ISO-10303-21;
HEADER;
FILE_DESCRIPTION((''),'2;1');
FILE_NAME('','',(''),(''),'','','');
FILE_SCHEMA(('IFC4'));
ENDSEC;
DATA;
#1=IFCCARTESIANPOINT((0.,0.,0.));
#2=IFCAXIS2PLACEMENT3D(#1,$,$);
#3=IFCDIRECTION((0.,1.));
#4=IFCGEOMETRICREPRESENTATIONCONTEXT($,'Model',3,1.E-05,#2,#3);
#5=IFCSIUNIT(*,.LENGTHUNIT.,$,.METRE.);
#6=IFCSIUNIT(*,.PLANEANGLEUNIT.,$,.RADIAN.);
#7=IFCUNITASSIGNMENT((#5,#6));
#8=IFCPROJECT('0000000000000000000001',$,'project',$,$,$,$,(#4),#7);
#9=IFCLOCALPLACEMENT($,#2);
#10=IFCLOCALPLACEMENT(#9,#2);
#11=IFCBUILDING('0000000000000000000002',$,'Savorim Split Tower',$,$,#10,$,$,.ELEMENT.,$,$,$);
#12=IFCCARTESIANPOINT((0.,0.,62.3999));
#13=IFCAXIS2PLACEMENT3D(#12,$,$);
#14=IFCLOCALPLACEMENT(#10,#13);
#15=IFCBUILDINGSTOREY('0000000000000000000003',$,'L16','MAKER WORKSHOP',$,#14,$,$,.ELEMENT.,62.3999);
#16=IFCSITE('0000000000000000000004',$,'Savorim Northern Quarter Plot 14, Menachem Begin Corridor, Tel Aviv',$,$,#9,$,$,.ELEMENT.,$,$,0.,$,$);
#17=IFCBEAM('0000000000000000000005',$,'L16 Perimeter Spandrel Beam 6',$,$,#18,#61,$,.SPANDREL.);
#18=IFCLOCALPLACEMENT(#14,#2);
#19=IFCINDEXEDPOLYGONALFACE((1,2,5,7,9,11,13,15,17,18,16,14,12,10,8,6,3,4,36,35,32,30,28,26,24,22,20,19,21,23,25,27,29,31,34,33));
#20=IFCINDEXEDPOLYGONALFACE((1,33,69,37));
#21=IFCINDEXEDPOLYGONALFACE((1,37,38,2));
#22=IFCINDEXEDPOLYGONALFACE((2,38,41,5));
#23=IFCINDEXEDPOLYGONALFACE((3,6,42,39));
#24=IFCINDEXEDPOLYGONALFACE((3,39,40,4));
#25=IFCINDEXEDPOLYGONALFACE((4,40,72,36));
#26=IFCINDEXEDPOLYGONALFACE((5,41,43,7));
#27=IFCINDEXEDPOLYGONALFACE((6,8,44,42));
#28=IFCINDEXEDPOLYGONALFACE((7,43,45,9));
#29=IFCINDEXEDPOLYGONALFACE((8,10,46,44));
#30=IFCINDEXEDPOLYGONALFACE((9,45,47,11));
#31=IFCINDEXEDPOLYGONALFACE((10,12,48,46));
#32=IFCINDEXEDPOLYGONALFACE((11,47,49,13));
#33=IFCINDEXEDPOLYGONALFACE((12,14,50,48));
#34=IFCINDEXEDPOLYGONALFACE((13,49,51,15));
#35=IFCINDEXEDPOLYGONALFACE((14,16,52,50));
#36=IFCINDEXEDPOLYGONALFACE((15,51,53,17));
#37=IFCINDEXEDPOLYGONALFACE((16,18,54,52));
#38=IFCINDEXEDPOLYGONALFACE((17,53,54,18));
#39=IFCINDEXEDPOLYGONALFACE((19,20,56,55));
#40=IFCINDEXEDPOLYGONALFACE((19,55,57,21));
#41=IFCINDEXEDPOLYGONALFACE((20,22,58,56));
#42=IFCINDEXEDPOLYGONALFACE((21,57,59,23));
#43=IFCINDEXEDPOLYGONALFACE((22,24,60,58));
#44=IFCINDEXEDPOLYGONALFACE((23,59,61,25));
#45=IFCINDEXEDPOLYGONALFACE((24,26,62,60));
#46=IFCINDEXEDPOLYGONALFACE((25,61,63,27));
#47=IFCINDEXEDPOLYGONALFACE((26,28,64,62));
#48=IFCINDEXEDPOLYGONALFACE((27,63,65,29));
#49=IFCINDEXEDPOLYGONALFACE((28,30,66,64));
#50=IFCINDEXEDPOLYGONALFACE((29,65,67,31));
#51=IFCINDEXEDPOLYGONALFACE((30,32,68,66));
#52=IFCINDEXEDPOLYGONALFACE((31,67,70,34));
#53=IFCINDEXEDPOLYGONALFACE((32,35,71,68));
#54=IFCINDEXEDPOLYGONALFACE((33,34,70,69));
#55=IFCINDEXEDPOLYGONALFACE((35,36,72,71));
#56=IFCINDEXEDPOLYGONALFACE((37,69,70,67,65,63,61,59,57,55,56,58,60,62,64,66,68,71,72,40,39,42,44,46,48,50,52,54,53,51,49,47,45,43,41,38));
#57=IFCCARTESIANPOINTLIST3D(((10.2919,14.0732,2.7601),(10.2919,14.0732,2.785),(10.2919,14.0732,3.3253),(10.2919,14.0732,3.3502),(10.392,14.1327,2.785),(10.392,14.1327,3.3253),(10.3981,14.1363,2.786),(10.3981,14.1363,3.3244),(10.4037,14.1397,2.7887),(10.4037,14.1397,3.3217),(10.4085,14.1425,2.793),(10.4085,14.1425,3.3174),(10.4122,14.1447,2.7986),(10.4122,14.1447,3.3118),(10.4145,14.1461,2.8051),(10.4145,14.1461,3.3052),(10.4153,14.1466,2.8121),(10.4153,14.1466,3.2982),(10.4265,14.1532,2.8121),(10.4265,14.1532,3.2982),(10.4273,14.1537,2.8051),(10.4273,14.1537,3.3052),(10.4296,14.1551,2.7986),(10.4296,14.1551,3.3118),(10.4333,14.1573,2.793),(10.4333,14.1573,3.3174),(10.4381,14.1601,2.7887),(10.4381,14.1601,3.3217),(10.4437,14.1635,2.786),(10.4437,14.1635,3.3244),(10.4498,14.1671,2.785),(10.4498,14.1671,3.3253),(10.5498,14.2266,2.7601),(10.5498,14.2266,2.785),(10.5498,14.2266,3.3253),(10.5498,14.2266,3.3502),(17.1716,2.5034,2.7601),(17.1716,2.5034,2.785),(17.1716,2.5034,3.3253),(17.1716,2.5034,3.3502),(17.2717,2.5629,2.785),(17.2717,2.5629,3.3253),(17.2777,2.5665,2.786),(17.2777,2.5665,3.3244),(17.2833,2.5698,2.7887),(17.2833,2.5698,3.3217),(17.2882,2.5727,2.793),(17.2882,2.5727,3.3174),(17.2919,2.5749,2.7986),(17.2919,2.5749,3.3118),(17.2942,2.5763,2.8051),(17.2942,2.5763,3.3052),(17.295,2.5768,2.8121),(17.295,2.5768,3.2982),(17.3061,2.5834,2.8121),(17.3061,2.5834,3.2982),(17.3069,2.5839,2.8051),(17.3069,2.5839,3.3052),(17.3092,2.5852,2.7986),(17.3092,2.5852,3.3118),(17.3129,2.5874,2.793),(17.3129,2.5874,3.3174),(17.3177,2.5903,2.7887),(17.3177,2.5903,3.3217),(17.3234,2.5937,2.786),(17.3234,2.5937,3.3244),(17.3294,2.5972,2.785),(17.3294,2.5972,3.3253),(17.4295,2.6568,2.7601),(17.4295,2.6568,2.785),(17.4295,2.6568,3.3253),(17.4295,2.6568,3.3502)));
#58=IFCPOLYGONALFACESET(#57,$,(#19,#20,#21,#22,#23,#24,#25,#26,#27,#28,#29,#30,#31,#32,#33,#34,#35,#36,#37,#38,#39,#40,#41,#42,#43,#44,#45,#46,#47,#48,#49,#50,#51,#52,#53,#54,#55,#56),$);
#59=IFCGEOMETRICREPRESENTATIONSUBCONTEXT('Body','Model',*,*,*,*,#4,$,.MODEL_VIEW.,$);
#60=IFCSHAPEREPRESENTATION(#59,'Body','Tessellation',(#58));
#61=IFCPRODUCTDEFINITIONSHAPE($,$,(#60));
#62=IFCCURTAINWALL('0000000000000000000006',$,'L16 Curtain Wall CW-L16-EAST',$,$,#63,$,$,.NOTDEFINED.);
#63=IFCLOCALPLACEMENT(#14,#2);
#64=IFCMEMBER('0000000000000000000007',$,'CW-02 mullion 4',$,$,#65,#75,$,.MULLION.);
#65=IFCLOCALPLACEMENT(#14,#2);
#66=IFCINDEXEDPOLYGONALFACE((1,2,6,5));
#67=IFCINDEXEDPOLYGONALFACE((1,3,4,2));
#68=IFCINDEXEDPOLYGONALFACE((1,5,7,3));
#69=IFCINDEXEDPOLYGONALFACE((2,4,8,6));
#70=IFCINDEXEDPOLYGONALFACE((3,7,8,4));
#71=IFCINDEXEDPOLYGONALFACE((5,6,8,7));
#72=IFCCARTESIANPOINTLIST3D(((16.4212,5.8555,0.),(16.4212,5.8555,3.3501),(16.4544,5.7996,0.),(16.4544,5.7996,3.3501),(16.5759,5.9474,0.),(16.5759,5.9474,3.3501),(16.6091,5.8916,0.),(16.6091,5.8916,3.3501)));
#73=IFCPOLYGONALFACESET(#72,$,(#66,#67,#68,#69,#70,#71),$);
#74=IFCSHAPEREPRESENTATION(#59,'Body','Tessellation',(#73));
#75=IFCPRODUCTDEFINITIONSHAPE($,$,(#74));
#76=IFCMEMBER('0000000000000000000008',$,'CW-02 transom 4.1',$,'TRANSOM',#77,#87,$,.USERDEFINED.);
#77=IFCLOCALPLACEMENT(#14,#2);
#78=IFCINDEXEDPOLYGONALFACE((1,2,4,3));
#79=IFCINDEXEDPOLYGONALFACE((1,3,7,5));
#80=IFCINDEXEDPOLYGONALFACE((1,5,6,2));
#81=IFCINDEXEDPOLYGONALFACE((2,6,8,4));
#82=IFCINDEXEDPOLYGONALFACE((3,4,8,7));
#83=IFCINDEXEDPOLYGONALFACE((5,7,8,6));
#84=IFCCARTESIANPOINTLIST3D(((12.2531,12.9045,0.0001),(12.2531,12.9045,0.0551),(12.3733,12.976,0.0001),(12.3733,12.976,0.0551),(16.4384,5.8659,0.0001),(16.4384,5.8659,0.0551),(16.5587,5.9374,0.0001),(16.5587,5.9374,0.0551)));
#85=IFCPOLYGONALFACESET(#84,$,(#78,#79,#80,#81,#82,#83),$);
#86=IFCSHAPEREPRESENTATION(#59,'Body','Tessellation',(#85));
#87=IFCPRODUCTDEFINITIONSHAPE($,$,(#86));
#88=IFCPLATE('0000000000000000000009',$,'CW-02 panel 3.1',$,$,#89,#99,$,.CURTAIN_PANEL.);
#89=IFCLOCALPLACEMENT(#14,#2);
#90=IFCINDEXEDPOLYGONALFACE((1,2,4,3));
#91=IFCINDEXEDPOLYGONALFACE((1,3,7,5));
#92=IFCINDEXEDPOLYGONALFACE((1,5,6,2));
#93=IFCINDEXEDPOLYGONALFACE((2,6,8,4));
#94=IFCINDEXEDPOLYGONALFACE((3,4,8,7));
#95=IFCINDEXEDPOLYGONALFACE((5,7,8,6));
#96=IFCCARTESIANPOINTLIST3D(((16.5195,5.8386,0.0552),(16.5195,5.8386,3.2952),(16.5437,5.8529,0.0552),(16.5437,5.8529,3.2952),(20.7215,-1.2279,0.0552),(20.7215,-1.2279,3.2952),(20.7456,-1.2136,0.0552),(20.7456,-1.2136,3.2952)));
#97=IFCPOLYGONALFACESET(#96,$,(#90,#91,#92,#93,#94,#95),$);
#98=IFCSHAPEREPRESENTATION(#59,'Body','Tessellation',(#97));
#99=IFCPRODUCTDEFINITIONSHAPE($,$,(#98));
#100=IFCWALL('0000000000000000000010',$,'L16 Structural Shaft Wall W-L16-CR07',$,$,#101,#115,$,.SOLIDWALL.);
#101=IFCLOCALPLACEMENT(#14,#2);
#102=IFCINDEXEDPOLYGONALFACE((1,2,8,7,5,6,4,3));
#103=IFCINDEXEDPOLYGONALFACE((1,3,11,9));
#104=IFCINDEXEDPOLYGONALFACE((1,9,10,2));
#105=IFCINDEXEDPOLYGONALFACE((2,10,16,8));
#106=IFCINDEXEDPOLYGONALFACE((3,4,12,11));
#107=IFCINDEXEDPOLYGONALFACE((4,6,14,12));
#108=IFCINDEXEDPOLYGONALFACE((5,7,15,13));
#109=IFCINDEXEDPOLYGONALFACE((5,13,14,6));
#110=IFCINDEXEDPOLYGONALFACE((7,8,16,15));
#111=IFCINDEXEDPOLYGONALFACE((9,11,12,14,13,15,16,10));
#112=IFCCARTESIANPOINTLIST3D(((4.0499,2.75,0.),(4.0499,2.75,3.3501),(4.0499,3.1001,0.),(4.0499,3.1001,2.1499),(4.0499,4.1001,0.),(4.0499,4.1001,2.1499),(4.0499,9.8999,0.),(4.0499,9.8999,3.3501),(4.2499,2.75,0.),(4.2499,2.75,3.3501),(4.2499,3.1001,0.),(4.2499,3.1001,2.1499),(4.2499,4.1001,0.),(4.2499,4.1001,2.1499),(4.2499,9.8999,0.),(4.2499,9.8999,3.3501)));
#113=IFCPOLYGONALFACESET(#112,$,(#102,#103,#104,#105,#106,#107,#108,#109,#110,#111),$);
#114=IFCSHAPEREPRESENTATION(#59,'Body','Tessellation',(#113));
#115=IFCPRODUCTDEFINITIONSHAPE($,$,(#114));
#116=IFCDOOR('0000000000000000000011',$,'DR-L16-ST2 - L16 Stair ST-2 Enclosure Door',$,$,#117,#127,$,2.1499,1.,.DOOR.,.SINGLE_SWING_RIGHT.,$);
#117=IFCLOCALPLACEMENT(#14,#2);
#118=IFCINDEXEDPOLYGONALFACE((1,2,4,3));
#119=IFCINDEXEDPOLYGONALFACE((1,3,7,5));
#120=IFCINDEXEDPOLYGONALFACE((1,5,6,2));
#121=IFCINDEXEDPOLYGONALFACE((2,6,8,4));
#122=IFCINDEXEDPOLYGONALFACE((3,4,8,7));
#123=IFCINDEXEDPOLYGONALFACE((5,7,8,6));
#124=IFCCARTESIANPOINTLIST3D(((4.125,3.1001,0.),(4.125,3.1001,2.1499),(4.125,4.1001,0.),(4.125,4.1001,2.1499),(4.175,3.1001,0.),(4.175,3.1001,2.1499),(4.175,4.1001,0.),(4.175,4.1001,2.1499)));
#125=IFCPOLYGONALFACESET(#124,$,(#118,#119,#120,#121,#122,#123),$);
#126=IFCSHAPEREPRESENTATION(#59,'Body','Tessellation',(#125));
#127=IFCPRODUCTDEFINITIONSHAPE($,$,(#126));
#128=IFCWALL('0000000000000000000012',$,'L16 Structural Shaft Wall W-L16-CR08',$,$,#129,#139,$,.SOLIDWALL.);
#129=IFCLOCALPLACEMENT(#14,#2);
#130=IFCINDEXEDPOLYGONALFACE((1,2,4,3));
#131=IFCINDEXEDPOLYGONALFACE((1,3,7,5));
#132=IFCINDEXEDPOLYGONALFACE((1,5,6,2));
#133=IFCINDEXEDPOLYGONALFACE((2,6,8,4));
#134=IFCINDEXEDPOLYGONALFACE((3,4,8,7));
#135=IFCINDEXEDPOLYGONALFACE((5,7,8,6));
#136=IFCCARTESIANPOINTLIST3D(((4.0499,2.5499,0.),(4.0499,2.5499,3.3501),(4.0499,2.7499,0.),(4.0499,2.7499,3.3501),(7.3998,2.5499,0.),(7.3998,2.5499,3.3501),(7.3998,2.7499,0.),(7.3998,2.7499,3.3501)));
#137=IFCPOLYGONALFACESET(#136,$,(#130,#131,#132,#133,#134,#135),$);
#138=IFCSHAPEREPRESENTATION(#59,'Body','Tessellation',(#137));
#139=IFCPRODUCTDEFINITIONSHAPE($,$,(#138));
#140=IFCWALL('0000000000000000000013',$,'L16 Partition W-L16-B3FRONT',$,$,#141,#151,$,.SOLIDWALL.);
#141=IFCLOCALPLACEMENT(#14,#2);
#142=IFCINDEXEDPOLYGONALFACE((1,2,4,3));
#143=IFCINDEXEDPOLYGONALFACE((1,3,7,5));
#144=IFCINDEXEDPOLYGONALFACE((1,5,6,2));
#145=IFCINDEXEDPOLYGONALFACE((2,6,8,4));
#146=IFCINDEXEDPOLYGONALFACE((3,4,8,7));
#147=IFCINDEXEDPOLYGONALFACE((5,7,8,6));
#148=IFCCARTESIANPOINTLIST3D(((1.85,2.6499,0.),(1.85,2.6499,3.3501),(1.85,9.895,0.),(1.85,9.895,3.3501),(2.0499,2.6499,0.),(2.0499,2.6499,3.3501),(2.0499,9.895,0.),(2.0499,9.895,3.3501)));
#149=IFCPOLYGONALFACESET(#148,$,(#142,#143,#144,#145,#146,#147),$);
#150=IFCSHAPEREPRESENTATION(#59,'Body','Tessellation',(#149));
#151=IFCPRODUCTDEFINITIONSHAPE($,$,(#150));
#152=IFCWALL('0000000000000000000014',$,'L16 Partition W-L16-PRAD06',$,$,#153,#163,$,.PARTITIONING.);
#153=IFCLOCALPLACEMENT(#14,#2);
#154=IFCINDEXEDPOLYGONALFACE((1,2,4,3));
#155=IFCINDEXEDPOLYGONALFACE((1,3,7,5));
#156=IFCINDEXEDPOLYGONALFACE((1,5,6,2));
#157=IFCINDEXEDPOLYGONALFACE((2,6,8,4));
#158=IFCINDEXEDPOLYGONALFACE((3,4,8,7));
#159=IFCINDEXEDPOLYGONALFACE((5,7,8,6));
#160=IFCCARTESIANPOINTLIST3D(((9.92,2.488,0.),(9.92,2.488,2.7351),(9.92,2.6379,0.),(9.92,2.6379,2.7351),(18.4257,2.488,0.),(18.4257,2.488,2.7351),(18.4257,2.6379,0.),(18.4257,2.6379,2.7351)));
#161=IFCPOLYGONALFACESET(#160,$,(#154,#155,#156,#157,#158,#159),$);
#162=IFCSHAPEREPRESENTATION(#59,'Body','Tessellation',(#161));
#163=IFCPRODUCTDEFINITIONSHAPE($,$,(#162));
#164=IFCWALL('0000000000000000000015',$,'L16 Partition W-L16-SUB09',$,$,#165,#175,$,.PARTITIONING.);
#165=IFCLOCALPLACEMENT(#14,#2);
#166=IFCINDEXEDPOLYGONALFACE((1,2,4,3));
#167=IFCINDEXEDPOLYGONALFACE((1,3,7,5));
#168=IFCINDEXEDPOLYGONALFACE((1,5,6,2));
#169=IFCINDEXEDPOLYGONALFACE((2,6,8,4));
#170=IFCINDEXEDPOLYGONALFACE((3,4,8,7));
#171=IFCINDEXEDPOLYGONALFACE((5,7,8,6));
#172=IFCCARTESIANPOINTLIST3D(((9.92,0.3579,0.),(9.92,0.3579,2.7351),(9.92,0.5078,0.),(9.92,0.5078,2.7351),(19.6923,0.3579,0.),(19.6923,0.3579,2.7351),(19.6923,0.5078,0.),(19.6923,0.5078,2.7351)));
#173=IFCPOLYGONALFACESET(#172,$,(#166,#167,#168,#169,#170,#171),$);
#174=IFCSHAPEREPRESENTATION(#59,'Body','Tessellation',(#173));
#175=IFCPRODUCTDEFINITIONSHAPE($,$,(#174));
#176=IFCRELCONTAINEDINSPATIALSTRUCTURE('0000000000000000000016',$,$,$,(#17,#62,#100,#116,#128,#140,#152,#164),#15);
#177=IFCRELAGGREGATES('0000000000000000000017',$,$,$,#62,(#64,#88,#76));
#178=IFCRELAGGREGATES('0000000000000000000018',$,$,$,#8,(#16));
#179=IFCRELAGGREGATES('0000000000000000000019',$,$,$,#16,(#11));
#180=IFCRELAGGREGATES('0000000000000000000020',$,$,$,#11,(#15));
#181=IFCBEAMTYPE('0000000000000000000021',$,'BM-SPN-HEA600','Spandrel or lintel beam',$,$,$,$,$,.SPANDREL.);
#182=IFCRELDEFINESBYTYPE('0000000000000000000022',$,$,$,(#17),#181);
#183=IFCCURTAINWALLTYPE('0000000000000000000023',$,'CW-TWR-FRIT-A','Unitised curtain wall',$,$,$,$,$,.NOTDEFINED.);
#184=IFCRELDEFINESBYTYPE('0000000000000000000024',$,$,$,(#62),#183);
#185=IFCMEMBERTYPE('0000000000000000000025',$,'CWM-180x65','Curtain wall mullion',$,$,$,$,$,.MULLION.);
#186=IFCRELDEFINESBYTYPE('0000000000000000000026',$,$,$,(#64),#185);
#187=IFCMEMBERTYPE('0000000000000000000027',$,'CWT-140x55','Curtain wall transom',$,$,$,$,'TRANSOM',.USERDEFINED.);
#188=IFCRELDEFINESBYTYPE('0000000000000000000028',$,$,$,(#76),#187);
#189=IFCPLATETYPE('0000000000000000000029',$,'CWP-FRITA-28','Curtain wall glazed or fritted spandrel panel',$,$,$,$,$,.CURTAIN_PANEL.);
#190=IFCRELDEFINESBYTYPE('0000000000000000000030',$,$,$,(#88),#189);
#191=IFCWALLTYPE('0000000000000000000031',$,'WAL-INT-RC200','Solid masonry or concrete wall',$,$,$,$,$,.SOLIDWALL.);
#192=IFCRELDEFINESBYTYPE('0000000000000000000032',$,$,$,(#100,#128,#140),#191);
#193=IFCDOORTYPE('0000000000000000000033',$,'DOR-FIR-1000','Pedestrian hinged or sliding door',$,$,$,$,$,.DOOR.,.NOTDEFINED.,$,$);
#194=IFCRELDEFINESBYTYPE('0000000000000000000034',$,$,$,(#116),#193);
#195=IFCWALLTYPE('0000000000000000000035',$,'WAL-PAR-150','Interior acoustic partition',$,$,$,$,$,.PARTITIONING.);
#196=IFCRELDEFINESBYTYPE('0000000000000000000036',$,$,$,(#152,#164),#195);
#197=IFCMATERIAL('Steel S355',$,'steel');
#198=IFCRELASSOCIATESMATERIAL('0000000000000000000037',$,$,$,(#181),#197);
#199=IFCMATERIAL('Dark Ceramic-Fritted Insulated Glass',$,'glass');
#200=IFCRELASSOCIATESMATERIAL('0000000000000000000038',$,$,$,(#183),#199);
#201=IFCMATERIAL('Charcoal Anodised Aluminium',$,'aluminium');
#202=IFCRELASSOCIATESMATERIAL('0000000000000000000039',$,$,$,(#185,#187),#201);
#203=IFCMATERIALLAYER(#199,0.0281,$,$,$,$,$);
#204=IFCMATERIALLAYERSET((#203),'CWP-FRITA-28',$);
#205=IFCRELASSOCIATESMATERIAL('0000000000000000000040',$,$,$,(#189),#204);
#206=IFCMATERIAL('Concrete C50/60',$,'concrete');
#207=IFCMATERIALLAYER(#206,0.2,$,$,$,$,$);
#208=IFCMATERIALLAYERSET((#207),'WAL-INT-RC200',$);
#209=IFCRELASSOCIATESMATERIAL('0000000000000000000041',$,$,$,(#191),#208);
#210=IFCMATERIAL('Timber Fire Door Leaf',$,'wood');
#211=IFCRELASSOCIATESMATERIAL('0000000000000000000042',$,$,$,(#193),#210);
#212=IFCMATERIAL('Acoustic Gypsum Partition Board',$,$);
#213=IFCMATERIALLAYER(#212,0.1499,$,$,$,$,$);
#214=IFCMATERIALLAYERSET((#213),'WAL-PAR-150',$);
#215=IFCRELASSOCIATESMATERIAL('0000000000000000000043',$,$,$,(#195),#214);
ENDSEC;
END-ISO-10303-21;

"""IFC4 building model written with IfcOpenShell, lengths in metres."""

from ifc_helpers import new_model, si_unit, direction, frame, frame_2d, origin, origin_2d, place, context, subcontext, project, spatial, rectangle, i_section, extrude, material, layer, layer_set, material_profile, profile_set, type_object, element, fill, aggregate, save


model = new_model("IFC4")

# Units and contexts
model_context = context("Model", 3, precision=1e-05, world=origin(), true_north=direction((0.0, 1.0)))
body_context = subcontext(model_context, "Body", "Model", "MODEL_VIEW")
ifc_project = project(units=[si_unit("LENGTHUNIT", "METRE"), si_unit("PLANEANGLEUNIT", "RADIAN")], contexts=[model_context])

# Site, building, storey
site_placement = place(None, origin())
site = spatial("IfcSite", under=ifc_project, at=site_placement, Name="Savorim Northern Quarter Plot 14, Menachem Begin Corridor, Tel Aviv", CompositionType="ELEMENT", RefElevation=0.0)
building_placement = place(site_placement, origin())
building = spatial("IfcBuilding", under=site, at=building_placement, Name="Savorim Split Tower", CompositionType="ELEMENT")
storey_placement = place(building_placement, frame((0.0, 0.0, 62.3999)))
storey = spatial("IfcBuildingStorey", under=building, at=storey_placement, Name="L16", Description="MAKER WORKSHOP", CompositionType="ELEMENT", Elevation=62.3999)

# Beam
ifc_material_1 = material(Name="Steel S355", Category="steel")
ifc_material_profile_1 = material_profile(ifc_material_1, i_section(OverallWidth=0.3, OverallDepth=0.5901, WebThickness=0.0129, FlangeThickness=0.0249, FilletRadius=0.0271, at=origin_2d()), Name="HEA 600")
ifc_profile_set_1 = profile_set([ifc_material_profile_1], Name="Steel S355")
beam_type_1 = type_object("IfcBeamType", Name="BM-SPN-HEA600", Description="Spandrel or lintel beam", PredefinedType="SPANDREL", material=ifc_profile_set_1)
beam_1_placement = place(storey_placement, frame((17.3005, 2.5801, 3.0552), z_axis=(-0.511091, 0.859527, 0.0), x_axis=(-0.859527, -0.511091, 0.0)))
element("IfcBeam", 1, at=beam_1_placement, inside=storey, type_object=beam_type_1, Name="L16 Perimeter Spandrel Beam 6", PredefinedType="SPANDREL", context=body_context, shape_type="SweptSolid", body=[
    extrude(i_section(OverallWidth=0.3, OverallDepth=0.5901, WebThickness=0.0129, FlangeThickness=0.0249, FilletRadius=0.0271, at=origin_2d()), origin(), (0.0, 0.0, 1.0), 13.4607),
])

# Curtain wall, members, plate
ifc_material_2 = material(Name="Dark Ceramic-Fritted Insulated Glass", Category="glass")
curtain_wall_type = type_object("IfcCurtainWallType", Name="CW-TWR-FRIT-A", Description="Unitised curtain wall", PredefinedType="NOTDEFINED", material=ifc_material_2)
curtain_wall_placement = place(storey_placement, origin())
curtain_wall = element("IfcCurtainWall", 2, at=curtain_wall_placement, inside=storey, type_object=curtain_wall_type, Name="L16 Curtain Wall CW-L16-EAST", PredefinedType="NOTDEFINED")
ifc_material_3 = material(Name="Charcoal Anodised Aluminium", Category="aluminium")
ifc_material_profile_2 = material_profile(ifc_material_3, rectangle(XDim=0.1799, YDim=0.0649, at=origin_2d()), Name="ALU-M 180x65")
ifc_profile_set_2 = profile_set([ifc_material_profile_2], Name="Charcoal Anodised Aluminium")
member_type_1 = type_object("IfcMemberType", Name="CWM-180x65", Description="Curtain wall mullion", PredefinedType="MULLION", material=ifc_profile_set_2)
member_1_placement = place(storey_placement, frame((16.5151, 5.8735, 0.0), z_axis=(0.0, 0.0, 1.0), x_axis=(-0.859526, -0.511092, 0.0)))
member_1 = element("IfcMember", 3, at=member_1_placement, type_object=member_type_1, Name="CW-02 mullion 4", PredefinedType="MULLION", context=body_context, shape_type="SweptSolid", body=[
    extrude(rectangle(XDim=0.1799, YDim=0.0649, at=origin_2d()), origin(), (0.0, 0.0, 1.0), 3.3501),
])
ifc_material_profile_3 = material_profile(ifc_material_3, rectangle(XDim=0.1399, YDim=0.0549, at=origin_2d()), Name="ALU-T 140x55")
ifc_profile_set_3 = profile_set([ifc_material_profile_3], Name="Charcoal Anodised Aluminium")
member_type_2 = type_object("IfcMemberType", Name="CWT-140x55", Description="Curtain wall transom", ElementType="TRANSOM", PredefinedType="USERDEFINED", material=ifc_profile_set_3)
member_2_placement = place(storey_placement, frame((16.4985, 5.9016, 0.0276), z_axis=(-0.511094, 0.859525, 0.0), x_axis=(-0.859525, -0.511094, 0.0)))
member_2 = element("IfcMember", 4, at=member_2_placement, type_object=member_type_2, Name="CW-02 transom 4.1", ObjectType="TRANSOM", PredefinedType="USERDEFINED", context=body_context, shape_type="SweptSolid", body=[
    extrude(rectangle(XDim=0.1399, YDim=0.0549, at=origin_2d()), origin(), (0.0, 0.0, 1.0), 8.189),
])
ifc_layer_1 = layer(ifc_material_2, 0.0281)
ifc_layer_set_1 = layer_set([ifc_layer_1], Name="CWP-FRITA-28")
plate_type = type_object("IfcPlateType", Name="CWP-FRITA-28", Description="Curtain wall glazed or fritted spandrel panel", PredefinedType="CURTAIN_PANEL", material=ifc_layer_set_1)
plate_placement = place(storey_placement, frame((18.6326, 2.3125, 0.0552), z_axis=(0.0, 0.0, 1.0), x_axis=(-0.511092, 0.859526, 0.0)))
plate = element("IfcPlate", 5, at=plate_placement, type_object=plate_type, Name="CW-02 panel 3.1", PredefinedType="CURTAIN_PANEL", context=body_context, shape_type="SweptSolid", body=[
    extrude(rectangle(XDim=8.2214, YDim=0.0281, at=origin_2d()), origin(), (0.0, 0.0, 1.0), 3.24),
])
aggregate(curtain_wall, [member_1, plate, member_2])

# Wall, opening, door
ifc_material_4 = material(Name="Concrete C50/60", Category="concrete")
ifc_layer_2 = layer(ifc_material_4, 0.2)
ifc_layer_set_2 = layer_set([ifc_layer_2], Name="WAL-INT-RC200")
wall_type_1 = type_object("IfcWallType", Name="WAL-INT-RC200", Description="Solid masonry or concrete wall", PredefinedType="SOLIDWALL", material=ifc_layer_set_2)
wall_1_placement = place(storey_placement, frame((4.1499, 2.75, 0.0), z_axis=(0.0, 0.0, 1.0), x_axis=(0.0, 1.0, 0.0)))
wall_1 = element("IfcWall", 6, at=wall_1_placement, inside=storey, type_object=wall_type_1, Name="L16 Structural Shaft Wall W-L16-CR07", PredefinedType="SOLIDWALL", context=body_context, shape_type="SweptSolid", body=[
    extrude(rectangle(XDim=7.1499, YDim=0.2, at=frame_2d((3.575, 0.0))), origin(), (0.0, 0.0, 1.0), 3.3501),
])
opening_placement = place(wall_1_placement, frame((0.3501, 0.0, 0.0)))
opening = element("IfcOpeningElement", 7, at=opening_placement, cuts=wall_1, PredefinedType="OPENING", context=body_context, shape_type="SweptSolid", body=[
    extrude(rectangle(XDim=1.0, YDim=2.1499, at=frame_2d((0.5, 1.075))), frame((0.0, 0.1099, 0.0), z_axis=(0.0, -1.0, 0.0), x_axis=(1.0, 0.0, 0.0)), (0.0, 0.0, 1.0), 0.22),
])
ifc_material_5 = material(Name="Timber Fire Door Leaf", Category="wood")
door_type = type_object("IfcDoorType", Name="DOR-FIR-1000", Description="Pedestrian hinged or sliding door", OperationType="NOTDEFINED", PredefinedType="DOOR", material=ifc_material_5)
door_placement = place(opening_placement, origin())
door = element("IfcDoor", 8, at=door_placement, inside=storey, type_object=door_type, Name="DR-L16-ST2 - L16 Stair ST-2 Enclosure Door", OperationType="SINGLE_SWING_RIGHT", OverallHeight=2.1499, OverallWidth=1.0, PredefinedType="DOOR", context=body_context, shape_type="SweptSolid", body=[
    extrude(rectangle(XDim=1.0, YDim=2.1499, at=frame_2d((0.5, 1.075))), frame((0.0, 0.0249, 0.0), z_axis=(0.0, -1.0, 0.0), x_axis=(1.0, 0.0, 0.0)), (0.0, 0.0, 1.0), 0.05),
])
fill(opening, door)

# Walls
wall_2_placement = place(storey_placement, frame((4.05, 2.6499, 0.0), z_axis=(0.0, 0.0, 1.0), x_axis=(1.0, 0.0, 0.0)))
element("IfcWall", 9, at=wall_2_placement, inside=storey, type_object=wall_type_1, Name="L16 Structural Shaft Wall W-L16-CR08", PredefinedType="SOLIDWALL", context=body_context, shape_type="SweptSolid", body=[
    extrude(rectangle(XDim=3.3499, YDim=0.2, at=frame_2d((1.6748, 0.0))), origin(), (0.0, 0.0, 1.0), 3.3501),
])
wall_3_placement = place(storey_placement, frame((1.95, 2.6499, 0.0), z_axis=(0.0, 0.0, 1.0), x_axis=(0.0, 1.0, 0.0)))
element("IfcWall", 10, at=wall_3_placement, inside=storey, type_object=wall_type_1, Name="L16 Partition W-L16-B3FRONT", PredefinedType="SOLIDWALL", context=body_context, shape_type="SweptSolid", body=[
    extrude(rectangle(XDim=7.2451, YDim=0.2, at=frame_2d((3.6226, 0.0))), origin(), (0.0, 0.0, 1.0), 3.3501),
])
ifc_material_6 = material(Name="Acoustic Gypsum Partition Board")
ifc_layer_3 = layer(ifc_material_6, 0.1499)
ifc_layer_set_3 = layer_set([ifc_layer_3], Name="WAL-PAR-150")
wall_type_2 = type_object("IfcWallType", Name="WAL-PAR-150", Description="Interior acoustic partition", PredefinedType="PARTITIONING", material=ifc_layer_set_3)
wall_4_placement = place(storey_placement, frame((9.9199, 2.563, 0.0), z_axis=(0.0, 0.0, 1.0), x_axis=(1.0, 0.0, 0.0)))
element("IfcWall", 11, at=wall_4_placement, inside=storey, type_object=wall_type_2, Name="L16 Partition W-L16-PRAD06", PredefinedType="PARTITIONING", context=body_context, shape_type="SweptSolid", body=[
    extrude(rectangle(XDim=8.5056, YDim=0.1499, at=frame_2d((4.2529, 0.0))), origin(), (0.0, 0.0, 1.0), 2.7351),
])
wall_5_placement = place(storey_placement, frame((9.9199, 0.4329, 0.0), z_axis=(0.0, 0.0, 1.0), x_axis=(1.0, 0.0, 0.0)))
element("IfcWall", 12, at=wall_5_placement, inside=storey, type_object=wall_type_2, Name="L16 Partition W-L16-SUB09", PredefinedType="PARTITIONING", context=body_context, shape_type="SweptSolid", body=[
    extrude(rectangle(XDim=9.7722, YDim=0.1499, at=frame_2d((4.8862, 0.0))), origin(), (0.0, 0.0, 1.0), 2.7351),
])

save(model, "model.ifc")
